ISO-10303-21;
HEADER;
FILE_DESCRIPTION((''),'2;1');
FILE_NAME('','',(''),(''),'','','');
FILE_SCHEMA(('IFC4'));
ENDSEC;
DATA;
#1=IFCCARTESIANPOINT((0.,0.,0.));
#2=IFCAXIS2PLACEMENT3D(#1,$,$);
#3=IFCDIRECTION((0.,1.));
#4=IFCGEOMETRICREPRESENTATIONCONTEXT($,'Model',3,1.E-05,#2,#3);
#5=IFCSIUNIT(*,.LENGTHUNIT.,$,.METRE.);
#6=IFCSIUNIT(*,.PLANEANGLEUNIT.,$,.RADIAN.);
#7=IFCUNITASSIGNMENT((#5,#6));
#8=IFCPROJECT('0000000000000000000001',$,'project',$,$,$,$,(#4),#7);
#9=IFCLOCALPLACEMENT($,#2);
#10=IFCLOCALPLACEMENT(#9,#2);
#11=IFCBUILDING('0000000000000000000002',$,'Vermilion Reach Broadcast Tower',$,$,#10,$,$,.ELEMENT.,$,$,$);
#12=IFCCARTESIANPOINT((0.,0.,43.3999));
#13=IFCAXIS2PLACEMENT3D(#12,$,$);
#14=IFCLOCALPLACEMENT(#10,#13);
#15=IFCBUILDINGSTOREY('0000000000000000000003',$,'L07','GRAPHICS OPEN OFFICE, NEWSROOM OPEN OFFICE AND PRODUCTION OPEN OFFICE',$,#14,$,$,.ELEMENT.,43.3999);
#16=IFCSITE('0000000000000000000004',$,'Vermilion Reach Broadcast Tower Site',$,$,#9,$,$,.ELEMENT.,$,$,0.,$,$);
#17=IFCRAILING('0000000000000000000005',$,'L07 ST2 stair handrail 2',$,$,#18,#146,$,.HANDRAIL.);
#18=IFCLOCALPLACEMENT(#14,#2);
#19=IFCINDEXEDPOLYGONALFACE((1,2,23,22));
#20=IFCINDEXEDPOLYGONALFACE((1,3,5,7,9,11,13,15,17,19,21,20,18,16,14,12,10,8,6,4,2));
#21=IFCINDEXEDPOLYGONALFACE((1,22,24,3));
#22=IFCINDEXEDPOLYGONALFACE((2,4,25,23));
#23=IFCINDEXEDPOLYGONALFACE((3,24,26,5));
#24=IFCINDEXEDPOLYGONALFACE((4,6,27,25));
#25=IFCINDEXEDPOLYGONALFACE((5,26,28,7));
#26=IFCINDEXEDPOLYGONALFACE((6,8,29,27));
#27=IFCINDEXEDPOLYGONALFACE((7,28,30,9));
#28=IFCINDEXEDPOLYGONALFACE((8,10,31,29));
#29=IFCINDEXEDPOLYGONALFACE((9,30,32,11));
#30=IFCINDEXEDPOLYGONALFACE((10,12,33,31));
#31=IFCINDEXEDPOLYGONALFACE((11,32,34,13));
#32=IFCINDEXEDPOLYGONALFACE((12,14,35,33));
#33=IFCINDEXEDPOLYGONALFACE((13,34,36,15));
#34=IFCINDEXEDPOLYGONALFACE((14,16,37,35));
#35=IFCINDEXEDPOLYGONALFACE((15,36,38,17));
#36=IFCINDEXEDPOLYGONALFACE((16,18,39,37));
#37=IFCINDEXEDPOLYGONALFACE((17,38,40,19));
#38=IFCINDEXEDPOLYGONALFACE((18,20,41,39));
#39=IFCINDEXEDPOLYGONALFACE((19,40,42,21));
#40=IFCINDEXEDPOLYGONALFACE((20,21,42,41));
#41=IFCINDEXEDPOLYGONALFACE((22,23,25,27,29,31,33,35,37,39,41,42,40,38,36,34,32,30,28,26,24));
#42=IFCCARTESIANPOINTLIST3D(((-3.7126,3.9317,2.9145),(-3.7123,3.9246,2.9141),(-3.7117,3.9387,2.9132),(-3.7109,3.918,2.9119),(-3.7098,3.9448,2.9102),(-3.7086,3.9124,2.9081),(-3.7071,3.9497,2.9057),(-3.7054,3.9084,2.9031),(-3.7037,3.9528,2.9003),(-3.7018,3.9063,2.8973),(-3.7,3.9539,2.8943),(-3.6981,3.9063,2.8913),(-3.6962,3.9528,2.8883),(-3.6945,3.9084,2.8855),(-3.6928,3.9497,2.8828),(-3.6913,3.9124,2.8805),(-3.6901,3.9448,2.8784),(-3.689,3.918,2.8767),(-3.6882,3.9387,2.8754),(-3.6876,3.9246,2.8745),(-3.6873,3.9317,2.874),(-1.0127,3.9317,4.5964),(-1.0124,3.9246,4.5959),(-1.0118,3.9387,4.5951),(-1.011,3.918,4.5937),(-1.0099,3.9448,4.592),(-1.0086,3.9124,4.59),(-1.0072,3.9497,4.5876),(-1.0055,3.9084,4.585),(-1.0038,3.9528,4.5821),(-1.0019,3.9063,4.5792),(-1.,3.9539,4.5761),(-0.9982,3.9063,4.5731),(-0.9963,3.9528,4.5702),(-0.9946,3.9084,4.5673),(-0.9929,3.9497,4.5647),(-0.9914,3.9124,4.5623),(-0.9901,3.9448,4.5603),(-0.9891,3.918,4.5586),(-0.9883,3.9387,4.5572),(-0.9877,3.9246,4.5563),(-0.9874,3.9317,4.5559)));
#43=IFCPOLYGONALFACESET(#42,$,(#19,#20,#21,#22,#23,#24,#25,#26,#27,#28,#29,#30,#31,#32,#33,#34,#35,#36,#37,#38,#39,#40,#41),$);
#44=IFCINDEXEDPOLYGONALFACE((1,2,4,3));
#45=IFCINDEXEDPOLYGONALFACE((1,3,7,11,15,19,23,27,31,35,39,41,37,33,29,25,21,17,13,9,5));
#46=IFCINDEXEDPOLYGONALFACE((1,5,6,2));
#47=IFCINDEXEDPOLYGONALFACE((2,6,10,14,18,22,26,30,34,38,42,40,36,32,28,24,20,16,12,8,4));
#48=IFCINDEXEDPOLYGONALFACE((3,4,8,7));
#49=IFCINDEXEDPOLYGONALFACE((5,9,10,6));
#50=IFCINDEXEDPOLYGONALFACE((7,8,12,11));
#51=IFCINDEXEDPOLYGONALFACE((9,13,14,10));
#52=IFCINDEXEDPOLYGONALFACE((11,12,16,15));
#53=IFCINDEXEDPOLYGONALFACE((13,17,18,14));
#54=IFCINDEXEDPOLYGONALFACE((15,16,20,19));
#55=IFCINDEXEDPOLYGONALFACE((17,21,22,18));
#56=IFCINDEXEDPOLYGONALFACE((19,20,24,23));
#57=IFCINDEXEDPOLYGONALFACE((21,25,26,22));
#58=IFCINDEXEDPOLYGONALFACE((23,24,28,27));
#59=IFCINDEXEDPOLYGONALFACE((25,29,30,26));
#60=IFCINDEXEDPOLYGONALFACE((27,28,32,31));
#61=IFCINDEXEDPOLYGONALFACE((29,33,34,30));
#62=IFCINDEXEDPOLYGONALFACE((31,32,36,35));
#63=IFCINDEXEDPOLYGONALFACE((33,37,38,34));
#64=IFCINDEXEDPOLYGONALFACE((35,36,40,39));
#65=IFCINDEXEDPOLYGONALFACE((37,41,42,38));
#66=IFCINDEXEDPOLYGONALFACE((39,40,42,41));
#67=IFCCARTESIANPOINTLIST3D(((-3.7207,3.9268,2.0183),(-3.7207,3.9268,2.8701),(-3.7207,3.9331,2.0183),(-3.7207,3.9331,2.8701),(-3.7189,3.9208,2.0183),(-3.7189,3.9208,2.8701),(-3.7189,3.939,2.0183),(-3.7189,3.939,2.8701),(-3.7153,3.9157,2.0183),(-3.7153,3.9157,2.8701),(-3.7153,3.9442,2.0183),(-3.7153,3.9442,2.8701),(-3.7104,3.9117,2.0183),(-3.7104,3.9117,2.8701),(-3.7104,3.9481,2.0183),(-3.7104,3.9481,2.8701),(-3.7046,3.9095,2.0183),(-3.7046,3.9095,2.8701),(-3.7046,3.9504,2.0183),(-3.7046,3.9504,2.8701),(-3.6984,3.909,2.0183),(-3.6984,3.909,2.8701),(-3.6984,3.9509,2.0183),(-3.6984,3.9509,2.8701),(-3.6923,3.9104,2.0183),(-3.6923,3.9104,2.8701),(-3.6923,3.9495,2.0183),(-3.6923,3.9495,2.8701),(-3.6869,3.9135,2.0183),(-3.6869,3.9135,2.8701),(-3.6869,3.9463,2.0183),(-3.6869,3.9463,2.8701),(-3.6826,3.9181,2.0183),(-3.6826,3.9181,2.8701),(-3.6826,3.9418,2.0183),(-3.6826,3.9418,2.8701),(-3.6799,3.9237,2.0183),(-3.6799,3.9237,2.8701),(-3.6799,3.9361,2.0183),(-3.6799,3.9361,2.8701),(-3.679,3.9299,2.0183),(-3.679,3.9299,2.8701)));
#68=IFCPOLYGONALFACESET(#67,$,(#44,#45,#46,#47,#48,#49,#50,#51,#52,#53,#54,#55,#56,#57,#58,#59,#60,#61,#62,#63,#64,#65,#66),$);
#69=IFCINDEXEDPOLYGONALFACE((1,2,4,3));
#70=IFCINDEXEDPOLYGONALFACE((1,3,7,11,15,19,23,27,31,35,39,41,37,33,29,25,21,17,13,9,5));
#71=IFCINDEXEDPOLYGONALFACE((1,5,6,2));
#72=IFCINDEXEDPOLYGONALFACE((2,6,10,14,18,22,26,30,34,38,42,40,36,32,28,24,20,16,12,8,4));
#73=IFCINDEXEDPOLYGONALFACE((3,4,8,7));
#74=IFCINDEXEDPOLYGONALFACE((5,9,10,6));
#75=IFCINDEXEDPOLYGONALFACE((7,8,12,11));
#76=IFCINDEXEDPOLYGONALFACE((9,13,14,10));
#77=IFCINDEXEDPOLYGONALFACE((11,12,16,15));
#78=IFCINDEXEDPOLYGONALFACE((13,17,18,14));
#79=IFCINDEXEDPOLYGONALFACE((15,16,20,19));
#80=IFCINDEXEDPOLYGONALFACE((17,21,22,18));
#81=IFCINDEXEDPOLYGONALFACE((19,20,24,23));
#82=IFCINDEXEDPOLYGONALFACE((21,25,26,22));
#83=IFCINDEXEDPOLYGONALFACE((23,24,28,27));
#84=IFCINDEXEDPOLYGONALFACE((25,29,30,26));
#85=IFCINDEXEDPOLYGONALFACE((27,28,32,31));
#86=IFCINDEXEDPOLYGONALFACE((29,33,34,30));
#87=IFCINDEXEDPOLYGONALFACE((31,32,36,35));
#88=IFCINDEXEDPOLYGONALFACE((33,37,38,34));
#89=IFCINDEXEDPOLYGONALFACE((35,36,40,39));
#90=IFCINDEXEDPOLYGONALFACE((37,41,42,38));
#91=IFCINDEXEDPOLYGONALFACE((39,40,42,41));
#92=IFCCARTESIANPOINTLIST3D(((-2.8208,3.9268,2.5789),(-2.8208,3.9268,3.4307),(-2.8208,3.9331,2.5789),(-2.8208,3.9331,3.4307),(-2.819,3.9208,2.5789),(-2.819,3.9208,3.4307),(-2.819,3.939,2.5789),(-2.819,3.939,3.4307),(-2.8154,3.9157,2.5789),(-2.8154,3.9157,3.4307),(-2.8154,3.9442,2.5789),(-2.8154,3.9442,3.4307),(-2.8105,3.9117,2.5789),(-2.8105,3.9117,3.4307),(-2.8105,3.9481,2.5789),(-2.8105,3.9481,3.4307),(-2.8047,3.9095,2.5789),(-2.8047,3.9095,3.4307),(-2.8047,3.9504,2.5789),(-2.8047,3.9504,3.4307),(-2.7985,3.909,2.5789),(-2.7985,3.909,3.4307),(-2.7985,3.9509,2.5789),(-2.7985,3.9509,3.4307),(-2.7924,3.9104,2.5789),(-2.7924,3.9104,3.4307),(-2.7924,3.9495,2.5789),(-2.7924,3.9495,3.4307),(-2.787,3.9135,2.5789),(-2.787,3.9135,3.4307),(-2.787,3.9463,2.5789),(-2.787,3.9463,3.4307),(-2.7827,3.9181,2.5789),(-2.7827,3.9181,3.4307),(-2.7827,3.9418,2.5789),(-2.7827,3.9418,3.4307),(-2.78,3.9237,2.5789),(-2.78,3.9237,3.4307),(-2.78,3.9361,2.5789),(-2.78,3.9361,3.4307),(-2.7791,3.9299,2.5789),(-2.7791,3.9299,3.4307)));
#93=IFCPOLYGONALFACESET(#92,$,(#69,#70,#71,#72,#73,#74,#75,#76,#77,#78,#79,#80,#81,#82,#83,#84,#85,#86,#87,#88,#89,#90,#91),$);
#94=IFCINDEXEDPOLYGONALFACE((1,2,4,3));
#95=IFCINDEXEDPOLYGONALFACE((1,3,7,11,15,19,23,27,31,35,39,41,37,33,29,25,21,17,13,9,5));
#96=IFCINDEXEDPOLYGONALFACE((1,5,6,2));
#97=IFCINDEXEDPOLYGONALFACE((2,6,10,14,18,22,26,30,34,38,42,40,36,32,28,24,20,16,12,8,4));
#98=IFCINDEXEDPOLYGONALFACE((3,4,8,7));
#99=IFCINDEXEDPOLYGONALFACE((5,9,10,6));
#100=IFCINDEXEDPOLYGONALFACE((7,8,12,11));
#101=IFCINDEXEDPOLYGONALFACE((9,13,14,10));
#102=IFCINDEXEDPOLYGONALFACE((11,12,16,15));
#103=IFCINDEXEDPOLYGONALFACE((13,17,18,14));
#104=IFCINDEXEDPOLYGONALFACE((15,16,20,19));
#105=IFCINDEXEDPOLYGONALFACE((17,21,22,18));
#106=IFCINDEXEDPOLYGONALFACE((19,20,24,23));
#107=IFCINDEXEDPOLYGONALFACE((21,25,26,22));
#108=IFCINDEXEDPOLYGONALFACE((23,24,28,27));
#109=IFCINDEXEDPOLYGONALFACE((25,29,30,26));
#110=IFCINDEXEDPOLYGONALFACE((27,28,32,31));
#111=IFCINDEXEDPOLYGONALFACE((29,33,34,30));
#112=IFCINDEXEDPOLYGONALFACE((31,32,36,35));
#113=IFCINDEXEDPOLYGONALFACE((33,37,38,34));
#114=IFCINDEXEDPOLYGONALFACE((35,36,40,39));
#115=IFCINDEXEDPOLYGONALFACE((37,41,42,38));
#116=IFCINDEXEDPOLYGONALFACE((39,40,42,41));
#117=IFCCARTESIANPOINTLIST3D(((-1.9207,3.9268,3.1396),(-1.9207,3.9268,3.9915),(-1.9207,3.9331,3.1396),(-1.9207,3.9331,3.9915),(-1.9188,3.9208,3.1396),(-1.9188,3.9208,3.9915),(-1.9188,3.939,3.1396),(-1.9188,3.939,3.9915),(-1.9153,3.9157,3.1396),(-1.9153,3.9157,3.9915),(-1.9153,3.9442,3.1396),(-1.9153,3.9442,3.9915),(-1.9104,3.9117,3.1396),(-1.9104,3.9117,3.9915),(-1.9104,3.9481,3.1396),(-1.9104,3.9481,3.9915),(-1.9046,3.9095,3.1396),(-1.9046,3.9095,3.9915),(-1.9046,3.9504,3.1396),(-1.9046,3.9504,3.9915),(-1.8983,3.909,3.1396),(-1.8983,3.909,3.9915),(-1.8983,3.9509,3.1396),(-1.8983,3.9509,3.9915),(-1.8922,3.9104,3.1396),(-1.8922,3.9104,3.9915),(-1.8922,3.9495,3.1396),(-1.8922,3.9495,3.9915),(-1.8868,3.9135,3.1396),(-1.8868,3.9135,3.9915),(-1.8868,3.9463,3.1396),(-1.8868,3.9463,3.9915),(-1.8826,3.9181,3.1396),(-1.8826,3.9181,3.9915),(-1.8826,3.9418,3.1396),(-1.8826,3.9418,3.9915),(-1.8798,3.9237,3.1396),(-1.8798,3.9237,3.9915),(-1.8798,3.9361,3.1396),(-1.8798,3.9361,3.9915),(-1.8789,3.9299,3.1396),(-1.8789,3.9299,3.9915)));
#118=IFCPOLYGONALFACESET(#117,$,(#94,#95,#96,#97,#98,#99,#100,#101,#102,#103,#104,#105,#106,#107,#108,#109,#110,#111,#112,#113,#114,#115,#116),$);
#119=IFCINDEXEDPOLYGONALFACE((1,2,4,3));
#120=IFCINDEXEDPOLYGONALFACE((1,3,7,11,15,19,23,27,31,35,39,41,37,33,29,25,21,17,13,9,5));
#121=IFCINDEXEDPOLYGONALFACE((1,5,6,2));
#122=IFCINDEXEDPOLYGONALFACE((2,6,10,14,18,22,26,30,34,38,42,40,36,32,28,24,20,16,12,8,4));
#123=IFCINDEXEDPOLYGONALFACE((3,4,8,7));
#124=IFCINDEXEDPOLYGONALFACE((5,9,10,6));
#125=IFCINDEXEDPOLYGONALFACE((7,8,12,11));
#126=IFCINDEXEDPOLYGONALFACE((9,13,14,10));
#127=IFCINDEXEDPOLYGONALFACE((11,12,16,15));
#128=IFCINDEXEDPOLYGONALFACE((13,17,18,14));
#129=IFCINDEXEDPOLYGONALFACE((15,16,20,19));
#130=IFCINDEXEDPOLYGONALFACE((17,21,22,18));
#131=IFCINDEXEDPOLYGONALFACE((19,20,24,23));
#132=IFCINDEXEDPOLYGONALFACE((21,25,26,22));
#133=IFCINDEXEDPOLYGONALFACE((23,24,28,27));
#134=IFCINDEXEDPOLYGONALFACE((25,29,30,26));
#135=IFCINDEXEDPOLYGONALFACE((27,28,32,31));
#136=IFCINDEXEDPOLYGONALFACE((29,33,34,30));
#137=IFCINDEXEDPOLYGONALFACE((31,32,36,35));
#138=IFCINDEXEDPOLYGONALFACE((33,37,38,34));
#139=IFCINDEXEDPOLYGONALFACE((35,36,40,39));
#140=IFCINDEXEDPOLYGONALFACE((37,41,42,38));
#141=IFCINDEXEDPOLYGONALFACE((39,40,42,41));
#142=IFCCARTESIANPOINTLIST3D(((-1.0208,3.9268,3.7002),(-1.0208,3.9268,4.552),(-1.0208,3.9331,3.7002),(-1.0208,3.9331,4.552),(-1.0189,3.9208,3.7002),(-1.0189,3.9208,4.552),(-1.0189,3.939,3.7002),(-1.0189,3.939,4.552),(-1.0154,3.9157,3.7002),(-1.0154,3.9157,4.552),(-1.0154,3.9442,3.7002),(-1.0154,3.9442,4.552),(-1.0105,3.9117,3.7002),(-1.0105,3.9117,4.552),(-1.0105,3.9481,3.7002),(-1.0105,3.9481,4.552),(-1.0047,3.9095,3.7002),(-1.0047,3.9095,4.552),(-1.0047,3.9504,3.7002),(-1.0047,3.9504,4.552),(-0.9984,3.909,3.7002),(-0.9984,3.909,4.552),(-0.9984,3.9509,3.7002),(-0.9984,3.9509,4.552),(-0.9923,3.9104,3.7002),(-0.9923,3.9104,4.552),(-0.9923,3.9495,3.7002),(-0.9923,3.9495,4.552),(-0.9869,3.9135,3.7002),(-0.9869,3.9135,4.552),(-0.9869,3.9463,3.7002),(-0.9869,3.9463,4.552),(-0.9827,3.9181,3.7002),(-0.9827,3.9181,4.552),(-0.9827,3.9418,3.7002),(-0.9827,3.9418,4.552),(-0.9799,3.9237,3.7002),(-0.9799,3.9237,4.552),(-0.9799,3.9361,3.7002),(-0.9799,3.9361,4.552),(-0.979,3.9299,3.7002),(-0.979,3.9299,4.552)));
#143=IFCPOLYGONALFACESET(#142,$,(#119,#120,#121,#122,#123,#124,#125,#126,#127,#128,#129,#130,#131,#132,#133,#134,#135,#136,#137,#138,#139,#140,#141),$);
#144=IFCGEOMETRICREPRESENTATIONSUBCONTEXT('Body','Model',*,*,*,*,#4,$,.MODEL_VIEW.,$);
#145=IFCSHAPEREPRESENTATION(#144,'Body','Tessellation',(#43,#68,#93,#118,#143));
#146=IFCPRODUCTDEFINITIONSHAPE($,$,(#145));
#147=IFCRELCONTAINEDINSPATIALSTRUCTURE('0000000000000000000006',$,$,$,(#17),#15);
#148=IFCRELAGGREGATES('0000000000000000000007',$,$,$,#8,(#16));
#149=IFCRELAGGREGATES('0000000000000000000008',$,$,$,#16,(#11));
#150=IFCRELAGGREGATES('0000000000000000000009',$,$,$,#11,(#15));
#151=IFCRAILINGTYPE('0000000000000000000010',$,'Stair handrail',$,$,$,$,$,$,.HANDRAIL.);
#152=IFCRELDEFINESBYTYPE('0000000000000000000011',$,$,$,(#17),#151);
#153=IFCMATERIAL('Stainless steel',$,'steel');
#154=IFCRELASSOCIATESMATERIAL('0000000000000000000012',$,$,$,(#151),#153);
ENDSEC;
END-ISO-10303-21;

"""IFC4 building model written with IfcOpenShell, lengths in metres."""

from ifc_helpers import new_model, si_unit, direction, frame, origin, origin_2d, place, context, subcontext, project, spatial, circle, extrude, material, type_object, element, save


model = new_model("IFC4")

# Units and contexts
model_context = context("Model", 3, precision=1e-05, world=origin(), true_north=direction((0.0, 1.0)))
body_context = subcontext(model_context, "Body", "Model", "MODEL_VIEW")
ifc_project = project(units=[si_unit("LENGTHUNIT", "METRE"), si_unit("PLANEANGLEUNIT", "RADIAN")], contexts=[model_context])

# Site, building, storey
site_placement = place(None, origin())
site = spatial("IfcSite", under=ifc_project, at=site_placement, Name="Vermilion Reach Broadcast Tower Site", CompositionType="ELEMENT", RefElevation=0.0)
building_placement = place(site_placement, origin())
building = spatial("IfcBuilding", under=site, at=building_placement, Name="Vermilion Reach Broadcast Tower", CompositionType="ELEMENT")
storey_placement = place(building_placement, frame((0.0, 0.0, 43.3999)))
storey = spatial("IfcBuildingStorey", under=building, at=storey_placement, Name="L07", Description="GRAPHICS OPEN OFFICE, NEWSROOM OPEN OFFICE AND PRODUCTION OPEN OFFICE", CompositionType="ELEMENT", Elevation=43.3999)

# Railing
ifc_material_1 = material(Name="Stainless steel", Category="steel")
railing_type_1 = type_object("IfcRailingType", Name="Stair handrail", PredefinedType="HANDRAIL", material=ifc_material_1)
railing_1_placement = place(storey_placement, frame((-3.7, 3.9299, 2.0183)))
element("IfcRailing", 1, at=railing_1_placement, inside=storey, type_object=railing_type_1, Name="L07 ST2 stair handrail 2", PredefinedType="HANDRAIL", context=body_context, shape_type="SweptSolid", body=[
    extrude(circle(Radius=0.0239, at=origin_2d()), frame((0.0, 0.0, 0.876), z_axis=(0.848786, 0.0, 0.528736), x_axis=(0.0, 1.0, 0.0)), (0.0, 0.0, 1.0), 3.1809),
    extrude(circle(Radius=0.021, at=origin_2d()), origin(), (0.0, 0.0, 1.0), 0.8518),
    extrude(circle(Radius=0.021, at=origin_2d()), frame((0.8999, 0.0, 0.5605)), (0.0, 0.0, 1.0), 0.8518),
    extrude(circle(Radius=0.021, at=origin_2d()), frame((1.8, 0.0, 1.1213)), (0.0, 0.0, 1.0), 0.8518),
    extrude(circle(Radius=0.021, at=origin_2d()), frame((2.7, 0.0, 1.6819)), (0.0, 0.0, 1.0), 0.8518),
])

save(model, "model.ifc")
